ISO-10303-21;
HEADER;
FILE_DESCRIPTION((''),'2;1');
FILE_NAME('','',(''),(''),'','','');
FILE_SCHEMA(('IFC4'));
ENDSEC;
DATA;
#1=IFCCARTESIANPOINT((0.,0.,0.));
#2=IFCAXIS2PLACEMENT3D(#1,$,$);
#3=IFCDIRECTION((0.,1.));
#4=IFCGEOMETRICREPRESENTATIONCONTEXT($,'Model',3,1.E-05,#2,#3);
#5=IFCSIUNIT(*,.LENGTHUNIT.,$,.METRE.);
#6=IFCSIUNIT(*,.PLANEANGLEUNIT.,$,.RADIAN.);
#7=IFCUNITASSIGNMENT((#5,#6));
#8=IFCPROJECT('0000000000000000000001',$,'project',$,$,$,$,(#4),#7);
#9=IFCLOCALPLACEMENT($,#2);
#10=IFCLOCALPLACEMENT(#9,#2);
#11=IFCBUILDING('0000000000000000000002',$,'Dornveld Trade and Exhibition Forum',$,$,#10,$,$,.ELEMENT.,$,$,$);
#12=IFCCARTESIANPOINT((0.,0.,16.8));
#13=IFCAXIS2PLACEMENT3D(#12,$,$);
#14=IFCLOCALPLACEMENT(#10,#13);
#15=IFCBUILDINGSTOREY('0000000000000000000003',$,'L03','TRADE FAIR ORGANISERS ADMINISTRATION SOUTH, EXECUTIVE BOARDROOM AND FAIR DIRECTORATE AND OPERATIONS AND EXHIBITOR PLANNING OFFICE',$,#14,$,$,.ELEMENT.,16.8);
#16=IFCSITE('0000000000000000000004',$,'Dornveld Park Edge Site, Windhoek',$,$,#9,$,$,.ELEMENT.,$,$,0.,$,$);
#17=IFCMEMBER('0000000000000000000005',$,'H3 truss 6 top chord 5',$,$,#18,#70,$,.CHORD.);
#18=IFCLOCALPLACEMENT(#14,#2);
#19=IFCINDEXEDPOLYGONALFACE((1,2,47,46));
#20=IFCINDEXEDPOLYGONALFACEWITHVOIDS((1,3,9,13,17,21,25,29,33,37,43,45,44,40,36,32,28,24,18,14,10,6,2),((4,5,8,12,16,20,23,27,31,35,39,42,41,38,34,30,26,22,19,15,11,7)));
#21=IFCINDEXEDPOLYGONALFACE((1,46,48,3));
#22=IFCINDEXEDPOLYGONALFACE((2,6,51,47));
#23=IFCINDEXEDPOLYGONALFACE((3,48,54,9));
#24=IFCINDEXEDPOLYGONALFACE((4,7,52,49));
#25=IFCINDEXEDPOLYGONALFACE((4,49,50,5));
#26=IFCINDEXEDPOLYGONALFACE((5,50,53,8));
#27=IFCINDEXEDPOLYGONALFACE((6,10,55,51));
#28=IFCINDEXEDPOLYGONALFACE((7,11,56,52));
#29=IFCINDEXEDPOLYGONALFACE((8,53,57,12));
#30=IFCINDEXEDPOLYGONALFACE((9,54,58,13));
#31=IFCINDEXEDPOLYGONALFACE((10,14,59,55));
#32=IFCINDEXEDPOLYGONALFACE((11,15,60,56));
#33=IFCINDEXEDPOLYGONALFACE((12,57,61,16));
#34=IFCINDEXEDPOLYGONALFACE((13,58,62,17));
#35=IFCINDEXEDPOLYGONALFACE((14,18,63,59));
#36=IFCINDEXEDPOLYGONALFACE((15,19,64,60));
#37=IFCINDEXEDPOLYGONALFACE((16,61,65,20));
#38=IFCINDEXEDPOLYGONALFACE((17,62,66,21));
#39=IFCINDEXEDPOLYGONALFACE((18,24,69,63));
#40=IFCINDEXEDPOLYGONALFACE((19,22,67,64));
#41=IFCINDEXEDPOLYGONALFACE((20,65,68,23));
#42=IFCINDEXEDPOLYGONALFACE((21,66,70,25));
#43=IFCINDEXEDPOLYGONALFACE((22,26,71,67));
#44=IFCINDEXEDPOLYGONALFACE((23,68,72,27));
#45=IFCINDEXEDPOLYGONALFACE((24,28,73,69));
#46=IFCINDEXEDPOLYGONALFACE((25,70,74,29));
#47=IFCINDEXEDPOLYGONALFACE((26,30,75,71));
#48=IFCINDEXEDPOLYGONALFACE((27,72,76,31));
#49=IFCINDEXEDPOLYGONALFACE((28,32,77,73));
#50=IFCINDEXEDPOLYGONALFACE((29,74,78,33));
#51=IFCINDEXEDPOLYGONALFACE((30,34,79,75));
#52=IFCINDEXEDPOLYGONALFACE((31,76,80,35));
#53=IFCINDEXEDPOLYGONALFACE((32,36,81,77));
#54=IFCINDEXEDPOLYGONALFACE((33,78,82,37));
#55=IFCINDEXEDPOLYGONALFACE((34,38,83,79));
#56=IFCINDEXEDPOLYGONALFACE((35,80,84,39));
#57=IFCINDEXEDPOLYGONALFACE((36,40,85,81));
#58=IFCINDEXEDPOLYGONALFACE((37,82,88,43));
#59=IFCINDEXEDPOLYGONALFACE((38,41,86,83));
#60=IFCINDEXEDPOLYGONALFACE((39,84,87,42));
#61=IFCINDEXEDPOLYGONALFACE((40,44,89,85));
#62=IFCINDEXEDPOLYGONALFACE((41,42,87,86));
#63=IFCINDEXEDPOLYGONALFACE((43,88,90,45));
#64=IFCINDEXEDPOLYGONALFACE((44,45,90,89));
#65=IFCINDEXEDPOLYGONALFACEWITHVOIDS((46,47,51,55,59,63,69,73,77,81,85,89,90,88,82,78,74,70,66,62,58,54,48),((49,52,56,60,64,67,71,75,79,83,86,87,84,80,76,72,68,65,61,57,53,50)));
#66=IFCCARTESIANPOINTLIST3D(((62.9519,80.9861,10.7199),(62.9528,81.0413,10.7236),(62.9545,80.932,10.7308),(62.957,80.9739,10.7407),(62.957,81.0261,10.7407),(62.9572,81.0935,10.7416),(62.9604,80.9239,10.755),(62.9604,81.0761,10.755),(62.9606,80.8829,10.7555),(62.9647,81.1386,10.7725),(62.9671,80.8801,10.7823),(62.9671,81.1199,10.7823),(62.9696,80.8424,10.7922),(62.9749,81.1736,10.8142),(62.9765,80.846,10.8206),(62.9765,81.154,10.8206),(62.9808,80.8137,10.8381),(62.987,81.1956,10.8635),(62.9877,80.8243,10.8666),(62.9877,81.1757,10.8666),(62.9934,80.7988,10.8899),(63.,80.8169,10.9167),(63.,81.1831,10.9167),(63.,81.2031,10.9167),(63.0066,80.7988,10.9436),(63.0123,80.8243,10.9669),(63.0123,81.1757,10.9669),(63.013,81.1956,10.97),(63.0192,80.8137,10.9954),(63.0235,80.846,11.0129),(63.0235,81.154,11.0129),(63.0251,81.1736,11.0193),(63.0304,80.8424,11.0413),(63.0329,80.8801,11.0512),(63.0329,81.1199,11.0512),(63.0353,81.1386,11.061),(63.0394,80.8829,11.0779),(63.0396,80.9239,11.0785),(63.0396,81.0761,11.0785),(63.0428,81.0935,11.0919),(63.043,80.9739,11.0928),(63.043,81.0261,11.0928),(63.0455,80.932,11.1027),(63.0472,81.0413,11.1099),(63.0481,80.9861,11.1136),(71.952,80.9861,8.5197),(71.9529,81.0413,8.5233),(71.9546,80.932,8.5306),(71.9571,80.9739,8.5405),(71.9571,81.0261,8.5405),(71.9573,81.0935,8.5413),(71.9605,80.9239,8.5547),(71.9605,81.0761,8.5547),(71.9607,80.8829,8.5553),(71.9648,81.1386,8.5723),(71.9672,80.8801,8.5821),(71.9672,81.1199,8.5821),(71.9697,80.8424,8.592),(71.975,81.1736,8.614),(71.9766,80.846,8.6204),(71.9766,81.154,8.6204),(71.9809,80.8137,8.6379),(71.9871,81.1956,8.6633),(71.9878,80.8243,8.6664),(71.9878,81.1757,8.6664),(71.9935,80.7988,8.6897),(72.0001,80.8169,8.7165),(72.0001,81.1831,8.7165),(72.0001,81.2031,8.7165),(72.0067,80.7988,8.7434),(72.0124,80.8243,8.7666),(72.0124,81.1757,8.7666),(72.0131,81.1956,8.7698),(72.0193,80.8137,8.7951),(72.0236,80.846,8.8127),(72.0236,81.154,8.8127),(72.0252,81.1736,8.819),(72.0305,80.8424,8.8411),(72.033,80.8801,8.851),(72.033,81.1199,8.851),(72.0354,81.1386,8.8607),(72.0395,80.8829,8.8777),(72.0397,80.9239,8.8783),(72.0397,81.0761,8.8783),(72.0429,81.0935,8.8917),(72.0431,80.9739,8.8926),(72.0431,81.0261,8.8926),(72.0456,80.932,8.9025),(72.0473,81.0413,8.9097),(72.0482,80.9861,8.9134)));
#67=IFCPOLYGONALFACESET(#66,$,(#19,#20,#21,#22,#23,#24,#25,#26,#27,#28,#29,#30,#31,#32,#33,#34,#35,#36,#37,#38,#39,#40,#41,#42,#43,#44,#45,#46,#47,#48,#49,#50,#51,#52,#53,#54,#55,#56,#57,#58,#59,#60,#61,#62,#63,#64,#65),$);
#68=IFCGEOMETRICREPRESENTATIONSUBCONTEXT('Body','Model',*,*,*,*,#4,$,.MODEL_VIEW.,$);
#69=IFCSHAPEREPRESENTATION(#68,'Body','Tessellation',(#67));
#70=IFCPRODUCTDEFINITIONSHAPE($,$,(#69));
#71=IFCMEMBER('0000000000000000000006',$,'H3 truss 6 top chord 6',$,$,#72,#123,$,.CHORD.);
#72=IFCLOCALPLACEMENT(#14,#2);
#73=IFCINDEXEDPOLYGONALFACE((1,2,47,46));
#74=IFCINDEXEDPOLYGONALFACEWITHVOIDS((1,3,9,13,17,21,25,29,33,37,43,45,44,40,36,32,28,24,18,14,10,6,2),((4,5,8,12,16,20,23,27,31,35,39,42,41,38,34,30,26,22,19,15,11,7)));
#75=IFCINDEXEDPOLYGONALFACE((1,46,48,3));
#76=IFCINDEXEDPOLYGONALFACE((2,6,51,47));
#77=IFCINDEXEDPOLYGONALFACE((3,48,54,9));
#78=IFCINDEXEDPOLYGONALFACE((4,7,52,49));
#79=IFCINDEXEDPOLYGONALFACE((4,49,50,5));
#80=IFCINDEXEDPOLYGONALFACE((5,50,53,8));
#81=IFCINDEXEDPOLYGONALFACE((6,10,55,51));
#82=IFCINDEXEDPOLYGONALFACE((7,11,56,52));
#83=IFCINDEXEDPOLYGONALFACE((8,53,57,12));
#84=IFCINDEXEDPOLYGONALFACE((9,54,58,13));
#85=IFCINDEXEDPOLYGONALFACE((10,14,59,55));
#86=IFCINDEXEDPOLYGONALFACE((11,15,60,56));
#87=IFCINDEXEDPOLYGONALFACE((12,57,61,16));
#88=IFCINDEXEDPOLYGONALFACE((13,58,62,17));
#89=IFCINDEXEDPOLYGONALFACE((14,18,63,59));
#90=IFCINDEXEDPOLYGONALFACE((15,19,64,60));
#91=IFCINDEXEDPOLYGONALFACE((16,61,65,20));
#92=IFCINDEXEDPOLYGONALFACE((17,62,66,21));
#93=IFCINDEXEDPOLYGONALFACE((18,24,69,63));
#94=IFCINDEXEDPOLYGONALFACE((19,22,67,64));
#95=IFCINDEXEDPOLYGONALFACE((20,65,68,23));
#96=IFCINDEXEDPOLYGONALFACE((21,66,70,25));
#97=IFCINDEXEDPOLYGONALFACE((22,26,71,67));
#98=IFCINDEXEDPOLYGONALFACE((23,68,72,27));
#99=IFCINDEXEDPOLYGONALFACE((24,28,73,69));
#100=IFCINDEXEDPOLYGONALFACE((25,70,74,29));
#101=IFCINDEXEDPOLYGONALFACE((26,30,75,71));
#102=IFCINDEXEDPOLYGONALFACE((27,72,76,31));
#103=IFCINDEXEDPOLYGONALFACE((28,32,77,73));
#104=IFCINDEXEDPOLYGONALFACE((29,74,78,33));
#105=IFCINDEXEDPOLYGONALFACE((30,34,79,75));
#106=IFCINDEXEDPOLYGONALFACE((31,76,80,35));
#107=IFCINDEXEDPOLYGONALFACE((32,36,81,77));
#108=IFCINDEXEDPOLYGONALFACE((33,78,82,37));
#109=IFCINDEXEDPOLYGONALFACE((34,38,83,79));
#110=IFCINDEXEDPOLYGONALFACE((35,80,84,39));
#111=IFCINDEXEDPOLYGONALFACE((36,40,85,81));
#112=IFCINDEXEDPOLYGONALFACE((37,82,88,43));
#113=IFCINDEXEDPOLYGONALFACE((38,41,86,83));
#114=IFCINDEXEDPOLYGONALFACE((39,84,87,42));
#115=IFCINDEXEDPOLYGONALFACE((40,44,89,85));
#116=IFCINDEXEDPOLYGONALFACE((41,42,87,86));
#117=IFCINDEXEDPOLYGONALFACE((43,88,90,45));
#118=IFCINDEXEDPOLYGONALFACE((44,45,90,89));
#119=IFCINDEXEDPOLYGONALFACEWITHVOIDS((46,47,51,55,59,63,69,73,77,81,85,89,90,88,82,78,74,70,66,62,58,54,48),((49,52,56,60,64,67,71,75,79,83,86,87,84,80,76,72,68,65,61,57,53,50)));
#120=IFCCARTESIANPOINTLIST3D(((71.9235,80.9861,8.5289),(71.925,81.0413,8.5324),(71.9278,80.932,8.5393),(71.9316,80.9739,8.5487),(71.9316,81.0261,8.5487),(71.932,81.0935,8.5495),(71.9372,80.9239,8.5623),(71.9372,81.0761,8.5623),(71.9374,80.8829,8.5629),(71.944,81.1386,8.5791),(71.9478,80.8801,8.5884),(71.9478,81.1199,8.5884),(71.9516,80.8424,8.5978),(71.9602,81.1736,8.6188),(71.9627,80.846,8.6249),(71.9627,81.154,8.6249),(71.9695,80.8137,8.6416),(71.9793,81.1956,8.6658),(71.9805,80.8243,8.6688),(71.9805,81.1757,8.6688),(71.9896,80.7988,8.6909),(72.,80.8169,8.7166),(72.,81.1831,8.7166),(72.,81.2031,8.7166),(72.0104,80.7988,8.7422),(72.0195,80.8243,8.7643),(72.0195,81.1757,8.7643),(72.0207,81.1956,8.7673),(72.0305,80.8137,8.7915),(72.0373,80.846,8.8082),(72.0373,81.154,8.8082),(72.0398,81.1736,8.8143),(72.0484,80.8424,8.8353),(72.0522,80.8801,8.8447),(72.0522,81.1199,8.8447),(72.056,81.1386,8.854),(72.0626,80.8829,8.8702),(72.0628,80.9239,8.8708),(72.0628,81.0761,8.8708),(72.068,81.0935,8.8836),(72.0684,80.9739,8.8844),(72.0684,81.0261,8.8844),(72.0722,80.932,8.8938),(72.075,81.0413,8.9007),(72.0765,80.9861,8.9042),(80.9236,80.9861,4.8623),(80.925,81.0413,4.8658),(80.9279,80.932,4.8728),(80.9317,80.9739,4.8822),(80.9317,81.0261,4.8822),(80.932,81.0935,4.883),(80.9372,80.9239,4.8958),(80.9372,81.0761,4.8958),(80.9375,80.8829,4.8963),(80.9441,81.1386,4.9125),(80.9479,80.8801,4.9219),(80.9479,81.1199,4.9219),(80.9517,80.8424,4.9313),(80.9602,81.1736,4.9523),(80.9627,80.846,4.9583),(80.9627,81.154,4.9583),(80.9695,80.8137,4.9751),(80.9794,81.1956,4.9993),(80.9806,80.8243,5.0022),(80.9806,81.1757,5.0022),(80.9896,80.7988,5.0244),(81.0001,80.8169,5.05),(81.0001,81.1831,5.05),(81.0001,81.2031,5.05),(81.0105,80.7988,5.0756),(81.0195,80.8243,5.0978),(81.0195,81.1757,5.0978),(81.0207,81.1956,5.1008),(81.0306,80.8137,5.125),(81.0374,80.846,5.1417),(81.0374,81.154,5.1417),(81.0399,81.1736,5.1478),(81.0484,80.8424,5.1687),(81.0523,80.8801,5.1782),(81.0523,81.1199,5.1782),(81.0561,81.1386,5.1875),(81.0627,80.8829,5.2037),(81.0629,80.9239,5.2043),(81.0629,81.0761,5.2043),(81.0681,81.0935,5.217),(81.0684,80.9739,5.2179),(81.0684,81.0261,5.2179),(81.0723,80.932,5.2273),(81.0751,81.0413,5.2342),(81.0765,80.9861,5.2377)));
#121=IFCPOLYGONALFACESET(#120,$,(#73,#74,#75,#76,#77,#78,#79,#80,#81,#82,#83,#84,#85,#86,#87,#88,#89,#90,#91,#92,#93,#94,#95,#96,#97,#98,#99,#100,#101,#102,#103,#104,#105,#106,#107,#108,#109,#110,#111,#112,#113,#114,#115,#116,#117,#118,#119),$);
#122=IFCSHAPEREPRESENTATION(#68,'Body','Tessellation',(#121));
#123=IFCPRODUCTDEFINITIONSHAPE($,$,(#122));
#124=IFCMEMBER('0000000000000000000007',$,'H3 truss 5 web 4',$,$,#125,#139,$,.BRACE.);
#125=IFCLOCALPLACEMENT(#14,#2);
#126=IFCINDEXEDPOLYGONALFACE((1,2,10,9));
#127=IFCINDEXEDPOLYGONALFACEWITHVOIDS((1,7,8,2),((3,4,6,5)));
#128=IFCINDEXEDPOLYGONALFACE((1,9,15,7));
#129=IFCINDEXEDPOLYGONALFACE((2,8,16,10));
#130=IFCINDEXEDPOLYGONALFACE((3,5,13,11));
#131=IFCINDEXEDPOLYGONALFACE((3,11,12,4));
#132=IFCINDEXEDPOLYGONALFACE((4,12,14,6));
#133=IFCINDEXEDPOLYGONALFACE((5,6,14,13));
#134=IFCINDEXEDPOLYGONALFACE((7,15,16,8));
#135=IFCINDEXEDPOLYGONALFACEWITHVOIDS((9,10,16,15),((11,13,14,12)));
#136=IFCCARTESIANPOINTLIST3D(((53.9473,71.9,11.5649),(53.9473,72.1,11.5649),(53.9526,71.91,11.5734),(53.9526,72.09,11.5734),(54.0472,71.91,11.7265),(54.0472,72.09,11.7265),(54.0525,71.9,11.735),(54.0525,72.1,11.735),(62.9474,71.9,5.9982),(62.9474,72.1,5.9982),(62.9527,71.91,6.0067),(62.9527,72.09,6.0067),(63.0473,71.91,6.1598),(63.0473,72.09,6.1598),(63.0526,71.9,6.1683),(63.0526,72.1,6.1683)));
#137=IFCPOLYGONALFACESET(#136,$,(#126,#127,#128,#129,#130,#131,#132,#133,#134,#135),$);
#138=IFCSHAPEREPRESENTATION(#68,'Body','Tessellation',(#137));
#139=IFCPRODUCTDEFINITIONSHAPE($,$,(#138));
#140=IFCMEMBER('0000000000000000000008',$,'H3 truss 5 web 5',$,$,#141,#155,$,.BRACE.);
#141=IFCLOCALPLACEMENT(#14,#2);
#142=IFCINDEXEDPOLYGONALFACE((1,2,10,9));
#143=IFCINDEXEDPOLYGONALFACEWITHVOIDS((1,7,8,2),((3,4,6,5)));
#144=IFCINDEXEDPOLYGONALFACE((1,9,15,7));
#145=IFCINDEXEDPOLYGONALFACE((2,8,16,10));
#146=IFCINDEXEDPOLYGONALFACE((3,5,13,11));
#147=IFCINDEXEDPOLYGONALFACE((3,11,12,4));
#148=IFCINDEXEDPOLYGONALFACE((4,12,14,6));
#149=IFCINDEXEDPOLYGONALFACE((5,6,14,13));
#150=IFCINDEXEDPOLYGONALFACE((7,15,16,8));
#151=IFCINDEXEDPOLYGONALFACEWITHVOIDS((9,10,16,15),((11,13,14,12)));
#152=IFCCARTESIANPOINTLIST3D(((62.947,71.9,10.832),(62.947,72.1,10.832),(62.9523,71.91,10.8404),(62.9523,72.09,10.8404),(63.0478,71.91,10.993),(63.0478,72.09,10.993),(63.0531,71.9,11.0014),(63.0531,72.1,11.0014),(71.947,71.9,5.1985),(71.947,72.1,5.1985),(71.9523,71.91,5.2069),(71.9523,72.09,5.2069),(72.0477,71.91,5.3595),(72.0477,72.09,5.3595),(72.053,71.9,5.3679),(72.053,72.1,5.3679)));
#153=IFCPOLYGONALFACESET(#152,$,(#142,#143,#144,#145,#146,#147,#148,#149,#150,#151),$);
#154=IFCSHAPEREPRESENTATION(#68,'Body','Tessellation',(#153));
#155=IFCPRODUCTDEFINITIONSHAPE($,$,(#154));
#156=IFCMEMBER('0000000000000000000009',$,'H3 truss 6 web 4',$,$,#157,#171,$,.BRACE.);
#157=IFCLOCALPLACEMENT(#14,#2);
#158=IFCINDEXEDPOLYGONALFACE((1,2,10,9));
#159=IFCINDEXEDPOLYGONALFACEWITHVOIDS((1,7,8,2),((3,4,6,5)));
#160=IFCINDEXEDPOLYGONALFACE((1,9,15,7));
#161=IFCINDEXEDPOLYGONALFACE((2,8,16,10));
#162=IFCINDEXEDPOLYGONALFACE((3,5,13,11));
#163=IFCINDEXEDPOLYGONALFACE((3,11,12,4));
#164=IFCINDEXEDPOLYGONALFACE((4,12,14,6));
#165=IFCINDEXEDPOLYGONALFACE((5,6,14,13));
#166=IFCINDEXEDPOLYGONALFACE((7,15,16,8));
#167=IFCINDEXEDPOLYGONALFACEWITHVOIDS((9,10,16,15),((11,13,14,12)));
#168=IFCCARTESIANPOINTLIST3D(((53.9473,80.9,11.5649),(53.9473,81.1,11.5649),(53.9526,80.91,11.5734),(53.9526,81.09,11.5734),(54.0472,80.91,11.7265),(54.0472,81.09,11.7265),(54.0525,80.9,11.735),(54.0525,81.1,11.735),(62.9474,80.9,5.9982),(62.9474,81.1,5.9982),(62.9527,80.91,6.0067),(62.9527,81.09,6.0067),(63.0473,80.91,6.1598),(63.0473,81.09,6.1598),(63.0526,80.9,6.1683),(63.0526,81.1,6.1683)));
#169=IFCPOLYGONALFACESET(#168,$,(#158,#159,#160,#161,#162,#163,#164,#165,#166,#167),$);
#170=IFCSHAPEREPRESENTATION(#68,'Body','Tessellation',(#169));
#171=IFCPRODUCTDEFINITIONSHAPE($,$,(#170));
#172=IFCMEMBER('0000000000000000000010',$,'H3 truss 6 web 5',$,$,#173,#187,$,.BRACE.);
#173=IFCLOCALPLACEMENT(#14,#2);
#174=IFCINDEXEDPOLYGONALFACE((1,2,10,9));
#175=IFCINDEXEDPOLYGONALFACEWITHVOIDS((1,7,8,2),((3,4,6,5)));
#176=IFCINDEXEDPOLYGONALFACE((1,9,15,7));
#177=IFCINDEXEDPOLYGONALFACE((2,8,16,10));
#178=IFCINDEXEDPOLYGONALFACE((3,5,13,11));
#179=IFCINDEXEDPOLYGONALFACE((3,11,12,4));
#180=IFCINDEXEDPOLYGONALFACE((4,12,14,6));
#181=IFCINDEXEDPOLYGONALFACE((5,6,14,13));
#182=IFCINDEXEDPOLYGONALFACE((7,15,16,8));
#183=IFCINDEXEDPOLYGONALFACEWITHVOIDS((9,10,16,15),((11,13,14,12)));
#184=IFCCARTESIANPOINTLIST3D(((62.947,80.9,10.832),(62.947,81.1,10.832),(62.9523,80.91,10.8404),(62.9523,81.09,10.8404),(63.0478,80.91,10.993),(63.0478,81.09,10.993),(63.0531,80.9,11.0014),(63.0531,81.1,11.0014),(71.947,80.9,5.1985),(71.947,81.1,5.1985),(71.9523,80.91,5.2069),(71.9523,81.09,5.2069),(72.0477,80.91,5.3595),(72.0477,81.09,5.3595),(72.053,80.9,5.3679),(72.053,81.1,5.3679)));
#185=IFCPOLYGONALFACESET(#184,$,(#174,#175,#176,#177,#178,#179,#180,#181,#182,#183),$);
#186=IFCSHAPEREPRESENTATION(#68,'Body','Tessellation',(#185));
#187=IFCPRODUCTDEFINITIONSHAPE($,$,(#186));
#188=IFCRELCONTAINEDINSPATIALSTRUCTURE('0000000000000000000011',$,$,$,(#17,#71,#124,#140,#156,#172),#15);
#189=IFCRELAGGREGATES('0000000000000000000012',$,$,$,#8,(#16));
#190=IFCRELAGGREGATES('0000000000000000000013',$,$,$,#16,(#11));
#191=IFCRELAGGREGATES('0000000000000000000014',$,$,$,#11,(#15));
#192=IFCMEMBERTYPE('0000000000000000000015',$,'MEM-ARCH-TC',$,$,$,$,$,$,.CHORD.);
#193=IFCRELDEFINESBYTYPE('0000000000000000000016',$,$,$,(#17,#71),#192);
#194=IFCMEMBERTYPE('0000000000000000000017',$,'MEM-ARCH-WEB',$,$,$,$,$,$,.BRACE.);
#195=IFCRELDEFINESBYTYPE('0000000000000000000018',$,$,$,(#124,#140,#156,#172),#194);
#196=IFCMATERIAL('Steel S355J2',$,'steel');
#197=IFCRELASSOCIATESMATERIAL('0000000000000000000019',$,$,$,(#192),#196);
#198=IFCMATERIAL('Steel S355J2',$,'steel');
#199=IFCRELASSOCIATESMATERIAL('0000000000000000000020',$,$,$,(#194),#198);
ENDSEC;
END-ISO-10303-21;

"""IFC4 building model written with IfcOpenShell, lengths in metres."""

from ifc_helpers import new_model, si_unit, direction, frame, origin, origin_2d, place, context, subcontext, project, spatial, hollow_rectangle, hollow_circle, extrude, material, material_profile, profile_set, type_object, element, save


model = new_model("IFC4")

# Units and contexts
model_context = context("Model", 3, precision=1e-05, world=origin(), true_north=direction((0.0, 1.0)))
body_context = subcontext(model_context, "Body", "Model", "MODEL_VIEW")
ifc_project = project(units=[si_unit("LENGTHUNIT", "METRE"), si_unit("PLANEANGLEUNIT", "RADIAN")], contexts=[model_context])

# Site, building, storey
site_placement = place(None, origin())
site = spatial("IfcSite", under=ifc_project, at=site_placement, Name="Dornveld Park Edge Site, Windhoek", CompositionType="ELEMENT", RefElevation=0.0)
building_placement = place(site_placement, origin())
building = spatial("IfcBuilding", under=site, at=building_placement, Name="Dornveld Trade and Exhibition Forum", CompositionType="ELEMENT")
storey_placement = place(building_placement, frame((0.0, 0.0, 16.8)))
storey = spatial("IfcBuildingStorey", under=building, at=storey_placement, Name="L03", Description="TRADE FAIR ORGANISERS ADMINISTRATION SOUTH, EXECUTIVE BOARDROOM AND FAIR DIRECTORATE AND OPERATIONS AND EXHIBITOR PLANNING OFFICE", CompositionType="ELEMENT", Elevation=16.8)

# Members
ifc_material_1 = material(Name="Steel S355J2", Category="steel")
ifc_material_profile_1 = material_profile(ifc_material_1, hollow_circle(Radius=0.2031, WallThickness=0.02, at=origin_2d()), Name="CHS 406.4x20")
ifc_profile_set_1 = profile_set([ifc_material_profile_1], Name="Steel S355J2")
member_type_1 = type_object("IfcMemberType", Name="MEM-ARCH-TC", PredefinedType="CHORD", material=ifc_profile_set_1)
member_1_placement = place(storey_placement, frame((63.0, 81.0, 10.9167), z_axis=(0.971394, 0.0, -0.237473), x_axis=(0.0, 1.0, 0.0)))
element("IfcMember", 1, at=member_1_placement, inside=storey, type_object=member_type_1, Name="H3 truss 6 top chord 5", PredefinedType="CHORD", context=body_context, shape_type="SweptSolid", body=[
    extrude(hollow_circle(Radius=0.2031, WallThickness=0.02, at=origin_2d()), origin(), (0.0, 0.0, 1.0), 9.2651),
])
member_2_placement = place(storey_placement, frame((72.0, 81.0, 8.7166), z_axis=(0.926098, 0.0, -0.377283), x_axis=(0.0, 1.0, 0.0)))
element("IfcMember", 2, at=member_2_placement, inside=storey, type_object=member_type_1, Name="H3 truss 6 top chord 6", PredefinedType="CHORD", context=body_context, shape_type="SweptSolid", body=[
    extrude(hollow_circle(Radius=0.2031, WallThickness=0.02, at=origin_2d()), origin(), (0.0, 0.0, 1.0), 9.7183),
])
ifc_material_2 = material(Name="Steel S355J2", Category="steel")
ifc_material_profile_2 = material_profile(ifc_material_2, hollow_rectangle(XDim=0.2, YDim=0.2, WallThickness=0.01, at=origin_2d()), Name="SHS 200x200x10")
ifc_profile_set_2 = profile_set([ifc_material_profile_2], Name="Steel S355J2")
member_type_2 = type_object("IfcMemberType", Name="MEM-ARCH-WEB", PredefinedType="BRACE", material=ifc_profile_set_2)
member_3_placement = place(storey_placement, frame((63.0, 72.0, 6.0833), z_axis=(-0.850467, 0.0, 0.526028), x_axis=(0.0, -1.0, 0.0)))
element("IfcMember", 3, at=member_3_placement, inside=storey, type_object=member_type_2, Name="H3 truss 5 web 4", PredefinedType="BRACE", context=body_context, shape_type="SweptSolid", body=[
    extrude(hollow_rectangle(XDim=0.2, YDim=0.2, WallThickness=0.01, at=origin_2d()), origin(), (0.0, 0.0, 1.0), 10.5825),
])
member_4_placement = place(storey_placement, frame((72.0, 72.0, 5.2832), z_axis=(-0.847636, 0.0, 0.530578), x_axis=(0.0, -1.0, 0.0)))
element("IfcMember", 4, at=member_4_placement, inside=storey, type_object=member_type_2, Name="H3 truss 5 web 5", PredefinedType="BRACE", context=body_context, shape_type="SweptSolid", body=[
    extrude(hollow_rectangle(XDim=0.2, YDim=0.2, WallThickness=0.01, at=origin_2d()), origin(), (0.0, 0.0, 1.0), 10.6177),
])
member_5_placement = place(storey_placement, frame((63.0, 81.0, 6.0833), z_axis=(-0.850467, 0.0, 0.526028), x_axis=(0.0, -1.0, 0.0)))
element("IfcMember", 5, at=member_5_placement, inside=storey, type_object=member_type_2, Name="H3 truss 6 web 4", PredefinedType="BRACE", context=body_context, shape_type="SweptSolid", body=[
    extrude(hollow_rectangle(XDim=0.2, YDim=0.2, WallThickness=0.01, at=origin_2d()), origin(), (0.0, 0.0, 1.0), 10.5825),
])
member_6_placement = place(storey_placement, frame((72.0, 81.0, 5.2832), z_axis=(-0.847636, 0.0, 0.530578), x_axis=(0.0, -1.0, 0.0)))
element("IfcMember", 6, at=member_6_placement, inside=storey, type_object=member_type_2, Name="H3 truss 6 web 5", PredefinedType="BRACE", context=body_context, shape_type="SweptSolid", body=[
    extrude(hollow_rectangle(XDim=0.2, YDim=0.2, WallThickness=0.01, at=origin_2d()), origin(), (0.0, 0.0, 1.0), 10.6177),
])

save(model, "model.ifc")
